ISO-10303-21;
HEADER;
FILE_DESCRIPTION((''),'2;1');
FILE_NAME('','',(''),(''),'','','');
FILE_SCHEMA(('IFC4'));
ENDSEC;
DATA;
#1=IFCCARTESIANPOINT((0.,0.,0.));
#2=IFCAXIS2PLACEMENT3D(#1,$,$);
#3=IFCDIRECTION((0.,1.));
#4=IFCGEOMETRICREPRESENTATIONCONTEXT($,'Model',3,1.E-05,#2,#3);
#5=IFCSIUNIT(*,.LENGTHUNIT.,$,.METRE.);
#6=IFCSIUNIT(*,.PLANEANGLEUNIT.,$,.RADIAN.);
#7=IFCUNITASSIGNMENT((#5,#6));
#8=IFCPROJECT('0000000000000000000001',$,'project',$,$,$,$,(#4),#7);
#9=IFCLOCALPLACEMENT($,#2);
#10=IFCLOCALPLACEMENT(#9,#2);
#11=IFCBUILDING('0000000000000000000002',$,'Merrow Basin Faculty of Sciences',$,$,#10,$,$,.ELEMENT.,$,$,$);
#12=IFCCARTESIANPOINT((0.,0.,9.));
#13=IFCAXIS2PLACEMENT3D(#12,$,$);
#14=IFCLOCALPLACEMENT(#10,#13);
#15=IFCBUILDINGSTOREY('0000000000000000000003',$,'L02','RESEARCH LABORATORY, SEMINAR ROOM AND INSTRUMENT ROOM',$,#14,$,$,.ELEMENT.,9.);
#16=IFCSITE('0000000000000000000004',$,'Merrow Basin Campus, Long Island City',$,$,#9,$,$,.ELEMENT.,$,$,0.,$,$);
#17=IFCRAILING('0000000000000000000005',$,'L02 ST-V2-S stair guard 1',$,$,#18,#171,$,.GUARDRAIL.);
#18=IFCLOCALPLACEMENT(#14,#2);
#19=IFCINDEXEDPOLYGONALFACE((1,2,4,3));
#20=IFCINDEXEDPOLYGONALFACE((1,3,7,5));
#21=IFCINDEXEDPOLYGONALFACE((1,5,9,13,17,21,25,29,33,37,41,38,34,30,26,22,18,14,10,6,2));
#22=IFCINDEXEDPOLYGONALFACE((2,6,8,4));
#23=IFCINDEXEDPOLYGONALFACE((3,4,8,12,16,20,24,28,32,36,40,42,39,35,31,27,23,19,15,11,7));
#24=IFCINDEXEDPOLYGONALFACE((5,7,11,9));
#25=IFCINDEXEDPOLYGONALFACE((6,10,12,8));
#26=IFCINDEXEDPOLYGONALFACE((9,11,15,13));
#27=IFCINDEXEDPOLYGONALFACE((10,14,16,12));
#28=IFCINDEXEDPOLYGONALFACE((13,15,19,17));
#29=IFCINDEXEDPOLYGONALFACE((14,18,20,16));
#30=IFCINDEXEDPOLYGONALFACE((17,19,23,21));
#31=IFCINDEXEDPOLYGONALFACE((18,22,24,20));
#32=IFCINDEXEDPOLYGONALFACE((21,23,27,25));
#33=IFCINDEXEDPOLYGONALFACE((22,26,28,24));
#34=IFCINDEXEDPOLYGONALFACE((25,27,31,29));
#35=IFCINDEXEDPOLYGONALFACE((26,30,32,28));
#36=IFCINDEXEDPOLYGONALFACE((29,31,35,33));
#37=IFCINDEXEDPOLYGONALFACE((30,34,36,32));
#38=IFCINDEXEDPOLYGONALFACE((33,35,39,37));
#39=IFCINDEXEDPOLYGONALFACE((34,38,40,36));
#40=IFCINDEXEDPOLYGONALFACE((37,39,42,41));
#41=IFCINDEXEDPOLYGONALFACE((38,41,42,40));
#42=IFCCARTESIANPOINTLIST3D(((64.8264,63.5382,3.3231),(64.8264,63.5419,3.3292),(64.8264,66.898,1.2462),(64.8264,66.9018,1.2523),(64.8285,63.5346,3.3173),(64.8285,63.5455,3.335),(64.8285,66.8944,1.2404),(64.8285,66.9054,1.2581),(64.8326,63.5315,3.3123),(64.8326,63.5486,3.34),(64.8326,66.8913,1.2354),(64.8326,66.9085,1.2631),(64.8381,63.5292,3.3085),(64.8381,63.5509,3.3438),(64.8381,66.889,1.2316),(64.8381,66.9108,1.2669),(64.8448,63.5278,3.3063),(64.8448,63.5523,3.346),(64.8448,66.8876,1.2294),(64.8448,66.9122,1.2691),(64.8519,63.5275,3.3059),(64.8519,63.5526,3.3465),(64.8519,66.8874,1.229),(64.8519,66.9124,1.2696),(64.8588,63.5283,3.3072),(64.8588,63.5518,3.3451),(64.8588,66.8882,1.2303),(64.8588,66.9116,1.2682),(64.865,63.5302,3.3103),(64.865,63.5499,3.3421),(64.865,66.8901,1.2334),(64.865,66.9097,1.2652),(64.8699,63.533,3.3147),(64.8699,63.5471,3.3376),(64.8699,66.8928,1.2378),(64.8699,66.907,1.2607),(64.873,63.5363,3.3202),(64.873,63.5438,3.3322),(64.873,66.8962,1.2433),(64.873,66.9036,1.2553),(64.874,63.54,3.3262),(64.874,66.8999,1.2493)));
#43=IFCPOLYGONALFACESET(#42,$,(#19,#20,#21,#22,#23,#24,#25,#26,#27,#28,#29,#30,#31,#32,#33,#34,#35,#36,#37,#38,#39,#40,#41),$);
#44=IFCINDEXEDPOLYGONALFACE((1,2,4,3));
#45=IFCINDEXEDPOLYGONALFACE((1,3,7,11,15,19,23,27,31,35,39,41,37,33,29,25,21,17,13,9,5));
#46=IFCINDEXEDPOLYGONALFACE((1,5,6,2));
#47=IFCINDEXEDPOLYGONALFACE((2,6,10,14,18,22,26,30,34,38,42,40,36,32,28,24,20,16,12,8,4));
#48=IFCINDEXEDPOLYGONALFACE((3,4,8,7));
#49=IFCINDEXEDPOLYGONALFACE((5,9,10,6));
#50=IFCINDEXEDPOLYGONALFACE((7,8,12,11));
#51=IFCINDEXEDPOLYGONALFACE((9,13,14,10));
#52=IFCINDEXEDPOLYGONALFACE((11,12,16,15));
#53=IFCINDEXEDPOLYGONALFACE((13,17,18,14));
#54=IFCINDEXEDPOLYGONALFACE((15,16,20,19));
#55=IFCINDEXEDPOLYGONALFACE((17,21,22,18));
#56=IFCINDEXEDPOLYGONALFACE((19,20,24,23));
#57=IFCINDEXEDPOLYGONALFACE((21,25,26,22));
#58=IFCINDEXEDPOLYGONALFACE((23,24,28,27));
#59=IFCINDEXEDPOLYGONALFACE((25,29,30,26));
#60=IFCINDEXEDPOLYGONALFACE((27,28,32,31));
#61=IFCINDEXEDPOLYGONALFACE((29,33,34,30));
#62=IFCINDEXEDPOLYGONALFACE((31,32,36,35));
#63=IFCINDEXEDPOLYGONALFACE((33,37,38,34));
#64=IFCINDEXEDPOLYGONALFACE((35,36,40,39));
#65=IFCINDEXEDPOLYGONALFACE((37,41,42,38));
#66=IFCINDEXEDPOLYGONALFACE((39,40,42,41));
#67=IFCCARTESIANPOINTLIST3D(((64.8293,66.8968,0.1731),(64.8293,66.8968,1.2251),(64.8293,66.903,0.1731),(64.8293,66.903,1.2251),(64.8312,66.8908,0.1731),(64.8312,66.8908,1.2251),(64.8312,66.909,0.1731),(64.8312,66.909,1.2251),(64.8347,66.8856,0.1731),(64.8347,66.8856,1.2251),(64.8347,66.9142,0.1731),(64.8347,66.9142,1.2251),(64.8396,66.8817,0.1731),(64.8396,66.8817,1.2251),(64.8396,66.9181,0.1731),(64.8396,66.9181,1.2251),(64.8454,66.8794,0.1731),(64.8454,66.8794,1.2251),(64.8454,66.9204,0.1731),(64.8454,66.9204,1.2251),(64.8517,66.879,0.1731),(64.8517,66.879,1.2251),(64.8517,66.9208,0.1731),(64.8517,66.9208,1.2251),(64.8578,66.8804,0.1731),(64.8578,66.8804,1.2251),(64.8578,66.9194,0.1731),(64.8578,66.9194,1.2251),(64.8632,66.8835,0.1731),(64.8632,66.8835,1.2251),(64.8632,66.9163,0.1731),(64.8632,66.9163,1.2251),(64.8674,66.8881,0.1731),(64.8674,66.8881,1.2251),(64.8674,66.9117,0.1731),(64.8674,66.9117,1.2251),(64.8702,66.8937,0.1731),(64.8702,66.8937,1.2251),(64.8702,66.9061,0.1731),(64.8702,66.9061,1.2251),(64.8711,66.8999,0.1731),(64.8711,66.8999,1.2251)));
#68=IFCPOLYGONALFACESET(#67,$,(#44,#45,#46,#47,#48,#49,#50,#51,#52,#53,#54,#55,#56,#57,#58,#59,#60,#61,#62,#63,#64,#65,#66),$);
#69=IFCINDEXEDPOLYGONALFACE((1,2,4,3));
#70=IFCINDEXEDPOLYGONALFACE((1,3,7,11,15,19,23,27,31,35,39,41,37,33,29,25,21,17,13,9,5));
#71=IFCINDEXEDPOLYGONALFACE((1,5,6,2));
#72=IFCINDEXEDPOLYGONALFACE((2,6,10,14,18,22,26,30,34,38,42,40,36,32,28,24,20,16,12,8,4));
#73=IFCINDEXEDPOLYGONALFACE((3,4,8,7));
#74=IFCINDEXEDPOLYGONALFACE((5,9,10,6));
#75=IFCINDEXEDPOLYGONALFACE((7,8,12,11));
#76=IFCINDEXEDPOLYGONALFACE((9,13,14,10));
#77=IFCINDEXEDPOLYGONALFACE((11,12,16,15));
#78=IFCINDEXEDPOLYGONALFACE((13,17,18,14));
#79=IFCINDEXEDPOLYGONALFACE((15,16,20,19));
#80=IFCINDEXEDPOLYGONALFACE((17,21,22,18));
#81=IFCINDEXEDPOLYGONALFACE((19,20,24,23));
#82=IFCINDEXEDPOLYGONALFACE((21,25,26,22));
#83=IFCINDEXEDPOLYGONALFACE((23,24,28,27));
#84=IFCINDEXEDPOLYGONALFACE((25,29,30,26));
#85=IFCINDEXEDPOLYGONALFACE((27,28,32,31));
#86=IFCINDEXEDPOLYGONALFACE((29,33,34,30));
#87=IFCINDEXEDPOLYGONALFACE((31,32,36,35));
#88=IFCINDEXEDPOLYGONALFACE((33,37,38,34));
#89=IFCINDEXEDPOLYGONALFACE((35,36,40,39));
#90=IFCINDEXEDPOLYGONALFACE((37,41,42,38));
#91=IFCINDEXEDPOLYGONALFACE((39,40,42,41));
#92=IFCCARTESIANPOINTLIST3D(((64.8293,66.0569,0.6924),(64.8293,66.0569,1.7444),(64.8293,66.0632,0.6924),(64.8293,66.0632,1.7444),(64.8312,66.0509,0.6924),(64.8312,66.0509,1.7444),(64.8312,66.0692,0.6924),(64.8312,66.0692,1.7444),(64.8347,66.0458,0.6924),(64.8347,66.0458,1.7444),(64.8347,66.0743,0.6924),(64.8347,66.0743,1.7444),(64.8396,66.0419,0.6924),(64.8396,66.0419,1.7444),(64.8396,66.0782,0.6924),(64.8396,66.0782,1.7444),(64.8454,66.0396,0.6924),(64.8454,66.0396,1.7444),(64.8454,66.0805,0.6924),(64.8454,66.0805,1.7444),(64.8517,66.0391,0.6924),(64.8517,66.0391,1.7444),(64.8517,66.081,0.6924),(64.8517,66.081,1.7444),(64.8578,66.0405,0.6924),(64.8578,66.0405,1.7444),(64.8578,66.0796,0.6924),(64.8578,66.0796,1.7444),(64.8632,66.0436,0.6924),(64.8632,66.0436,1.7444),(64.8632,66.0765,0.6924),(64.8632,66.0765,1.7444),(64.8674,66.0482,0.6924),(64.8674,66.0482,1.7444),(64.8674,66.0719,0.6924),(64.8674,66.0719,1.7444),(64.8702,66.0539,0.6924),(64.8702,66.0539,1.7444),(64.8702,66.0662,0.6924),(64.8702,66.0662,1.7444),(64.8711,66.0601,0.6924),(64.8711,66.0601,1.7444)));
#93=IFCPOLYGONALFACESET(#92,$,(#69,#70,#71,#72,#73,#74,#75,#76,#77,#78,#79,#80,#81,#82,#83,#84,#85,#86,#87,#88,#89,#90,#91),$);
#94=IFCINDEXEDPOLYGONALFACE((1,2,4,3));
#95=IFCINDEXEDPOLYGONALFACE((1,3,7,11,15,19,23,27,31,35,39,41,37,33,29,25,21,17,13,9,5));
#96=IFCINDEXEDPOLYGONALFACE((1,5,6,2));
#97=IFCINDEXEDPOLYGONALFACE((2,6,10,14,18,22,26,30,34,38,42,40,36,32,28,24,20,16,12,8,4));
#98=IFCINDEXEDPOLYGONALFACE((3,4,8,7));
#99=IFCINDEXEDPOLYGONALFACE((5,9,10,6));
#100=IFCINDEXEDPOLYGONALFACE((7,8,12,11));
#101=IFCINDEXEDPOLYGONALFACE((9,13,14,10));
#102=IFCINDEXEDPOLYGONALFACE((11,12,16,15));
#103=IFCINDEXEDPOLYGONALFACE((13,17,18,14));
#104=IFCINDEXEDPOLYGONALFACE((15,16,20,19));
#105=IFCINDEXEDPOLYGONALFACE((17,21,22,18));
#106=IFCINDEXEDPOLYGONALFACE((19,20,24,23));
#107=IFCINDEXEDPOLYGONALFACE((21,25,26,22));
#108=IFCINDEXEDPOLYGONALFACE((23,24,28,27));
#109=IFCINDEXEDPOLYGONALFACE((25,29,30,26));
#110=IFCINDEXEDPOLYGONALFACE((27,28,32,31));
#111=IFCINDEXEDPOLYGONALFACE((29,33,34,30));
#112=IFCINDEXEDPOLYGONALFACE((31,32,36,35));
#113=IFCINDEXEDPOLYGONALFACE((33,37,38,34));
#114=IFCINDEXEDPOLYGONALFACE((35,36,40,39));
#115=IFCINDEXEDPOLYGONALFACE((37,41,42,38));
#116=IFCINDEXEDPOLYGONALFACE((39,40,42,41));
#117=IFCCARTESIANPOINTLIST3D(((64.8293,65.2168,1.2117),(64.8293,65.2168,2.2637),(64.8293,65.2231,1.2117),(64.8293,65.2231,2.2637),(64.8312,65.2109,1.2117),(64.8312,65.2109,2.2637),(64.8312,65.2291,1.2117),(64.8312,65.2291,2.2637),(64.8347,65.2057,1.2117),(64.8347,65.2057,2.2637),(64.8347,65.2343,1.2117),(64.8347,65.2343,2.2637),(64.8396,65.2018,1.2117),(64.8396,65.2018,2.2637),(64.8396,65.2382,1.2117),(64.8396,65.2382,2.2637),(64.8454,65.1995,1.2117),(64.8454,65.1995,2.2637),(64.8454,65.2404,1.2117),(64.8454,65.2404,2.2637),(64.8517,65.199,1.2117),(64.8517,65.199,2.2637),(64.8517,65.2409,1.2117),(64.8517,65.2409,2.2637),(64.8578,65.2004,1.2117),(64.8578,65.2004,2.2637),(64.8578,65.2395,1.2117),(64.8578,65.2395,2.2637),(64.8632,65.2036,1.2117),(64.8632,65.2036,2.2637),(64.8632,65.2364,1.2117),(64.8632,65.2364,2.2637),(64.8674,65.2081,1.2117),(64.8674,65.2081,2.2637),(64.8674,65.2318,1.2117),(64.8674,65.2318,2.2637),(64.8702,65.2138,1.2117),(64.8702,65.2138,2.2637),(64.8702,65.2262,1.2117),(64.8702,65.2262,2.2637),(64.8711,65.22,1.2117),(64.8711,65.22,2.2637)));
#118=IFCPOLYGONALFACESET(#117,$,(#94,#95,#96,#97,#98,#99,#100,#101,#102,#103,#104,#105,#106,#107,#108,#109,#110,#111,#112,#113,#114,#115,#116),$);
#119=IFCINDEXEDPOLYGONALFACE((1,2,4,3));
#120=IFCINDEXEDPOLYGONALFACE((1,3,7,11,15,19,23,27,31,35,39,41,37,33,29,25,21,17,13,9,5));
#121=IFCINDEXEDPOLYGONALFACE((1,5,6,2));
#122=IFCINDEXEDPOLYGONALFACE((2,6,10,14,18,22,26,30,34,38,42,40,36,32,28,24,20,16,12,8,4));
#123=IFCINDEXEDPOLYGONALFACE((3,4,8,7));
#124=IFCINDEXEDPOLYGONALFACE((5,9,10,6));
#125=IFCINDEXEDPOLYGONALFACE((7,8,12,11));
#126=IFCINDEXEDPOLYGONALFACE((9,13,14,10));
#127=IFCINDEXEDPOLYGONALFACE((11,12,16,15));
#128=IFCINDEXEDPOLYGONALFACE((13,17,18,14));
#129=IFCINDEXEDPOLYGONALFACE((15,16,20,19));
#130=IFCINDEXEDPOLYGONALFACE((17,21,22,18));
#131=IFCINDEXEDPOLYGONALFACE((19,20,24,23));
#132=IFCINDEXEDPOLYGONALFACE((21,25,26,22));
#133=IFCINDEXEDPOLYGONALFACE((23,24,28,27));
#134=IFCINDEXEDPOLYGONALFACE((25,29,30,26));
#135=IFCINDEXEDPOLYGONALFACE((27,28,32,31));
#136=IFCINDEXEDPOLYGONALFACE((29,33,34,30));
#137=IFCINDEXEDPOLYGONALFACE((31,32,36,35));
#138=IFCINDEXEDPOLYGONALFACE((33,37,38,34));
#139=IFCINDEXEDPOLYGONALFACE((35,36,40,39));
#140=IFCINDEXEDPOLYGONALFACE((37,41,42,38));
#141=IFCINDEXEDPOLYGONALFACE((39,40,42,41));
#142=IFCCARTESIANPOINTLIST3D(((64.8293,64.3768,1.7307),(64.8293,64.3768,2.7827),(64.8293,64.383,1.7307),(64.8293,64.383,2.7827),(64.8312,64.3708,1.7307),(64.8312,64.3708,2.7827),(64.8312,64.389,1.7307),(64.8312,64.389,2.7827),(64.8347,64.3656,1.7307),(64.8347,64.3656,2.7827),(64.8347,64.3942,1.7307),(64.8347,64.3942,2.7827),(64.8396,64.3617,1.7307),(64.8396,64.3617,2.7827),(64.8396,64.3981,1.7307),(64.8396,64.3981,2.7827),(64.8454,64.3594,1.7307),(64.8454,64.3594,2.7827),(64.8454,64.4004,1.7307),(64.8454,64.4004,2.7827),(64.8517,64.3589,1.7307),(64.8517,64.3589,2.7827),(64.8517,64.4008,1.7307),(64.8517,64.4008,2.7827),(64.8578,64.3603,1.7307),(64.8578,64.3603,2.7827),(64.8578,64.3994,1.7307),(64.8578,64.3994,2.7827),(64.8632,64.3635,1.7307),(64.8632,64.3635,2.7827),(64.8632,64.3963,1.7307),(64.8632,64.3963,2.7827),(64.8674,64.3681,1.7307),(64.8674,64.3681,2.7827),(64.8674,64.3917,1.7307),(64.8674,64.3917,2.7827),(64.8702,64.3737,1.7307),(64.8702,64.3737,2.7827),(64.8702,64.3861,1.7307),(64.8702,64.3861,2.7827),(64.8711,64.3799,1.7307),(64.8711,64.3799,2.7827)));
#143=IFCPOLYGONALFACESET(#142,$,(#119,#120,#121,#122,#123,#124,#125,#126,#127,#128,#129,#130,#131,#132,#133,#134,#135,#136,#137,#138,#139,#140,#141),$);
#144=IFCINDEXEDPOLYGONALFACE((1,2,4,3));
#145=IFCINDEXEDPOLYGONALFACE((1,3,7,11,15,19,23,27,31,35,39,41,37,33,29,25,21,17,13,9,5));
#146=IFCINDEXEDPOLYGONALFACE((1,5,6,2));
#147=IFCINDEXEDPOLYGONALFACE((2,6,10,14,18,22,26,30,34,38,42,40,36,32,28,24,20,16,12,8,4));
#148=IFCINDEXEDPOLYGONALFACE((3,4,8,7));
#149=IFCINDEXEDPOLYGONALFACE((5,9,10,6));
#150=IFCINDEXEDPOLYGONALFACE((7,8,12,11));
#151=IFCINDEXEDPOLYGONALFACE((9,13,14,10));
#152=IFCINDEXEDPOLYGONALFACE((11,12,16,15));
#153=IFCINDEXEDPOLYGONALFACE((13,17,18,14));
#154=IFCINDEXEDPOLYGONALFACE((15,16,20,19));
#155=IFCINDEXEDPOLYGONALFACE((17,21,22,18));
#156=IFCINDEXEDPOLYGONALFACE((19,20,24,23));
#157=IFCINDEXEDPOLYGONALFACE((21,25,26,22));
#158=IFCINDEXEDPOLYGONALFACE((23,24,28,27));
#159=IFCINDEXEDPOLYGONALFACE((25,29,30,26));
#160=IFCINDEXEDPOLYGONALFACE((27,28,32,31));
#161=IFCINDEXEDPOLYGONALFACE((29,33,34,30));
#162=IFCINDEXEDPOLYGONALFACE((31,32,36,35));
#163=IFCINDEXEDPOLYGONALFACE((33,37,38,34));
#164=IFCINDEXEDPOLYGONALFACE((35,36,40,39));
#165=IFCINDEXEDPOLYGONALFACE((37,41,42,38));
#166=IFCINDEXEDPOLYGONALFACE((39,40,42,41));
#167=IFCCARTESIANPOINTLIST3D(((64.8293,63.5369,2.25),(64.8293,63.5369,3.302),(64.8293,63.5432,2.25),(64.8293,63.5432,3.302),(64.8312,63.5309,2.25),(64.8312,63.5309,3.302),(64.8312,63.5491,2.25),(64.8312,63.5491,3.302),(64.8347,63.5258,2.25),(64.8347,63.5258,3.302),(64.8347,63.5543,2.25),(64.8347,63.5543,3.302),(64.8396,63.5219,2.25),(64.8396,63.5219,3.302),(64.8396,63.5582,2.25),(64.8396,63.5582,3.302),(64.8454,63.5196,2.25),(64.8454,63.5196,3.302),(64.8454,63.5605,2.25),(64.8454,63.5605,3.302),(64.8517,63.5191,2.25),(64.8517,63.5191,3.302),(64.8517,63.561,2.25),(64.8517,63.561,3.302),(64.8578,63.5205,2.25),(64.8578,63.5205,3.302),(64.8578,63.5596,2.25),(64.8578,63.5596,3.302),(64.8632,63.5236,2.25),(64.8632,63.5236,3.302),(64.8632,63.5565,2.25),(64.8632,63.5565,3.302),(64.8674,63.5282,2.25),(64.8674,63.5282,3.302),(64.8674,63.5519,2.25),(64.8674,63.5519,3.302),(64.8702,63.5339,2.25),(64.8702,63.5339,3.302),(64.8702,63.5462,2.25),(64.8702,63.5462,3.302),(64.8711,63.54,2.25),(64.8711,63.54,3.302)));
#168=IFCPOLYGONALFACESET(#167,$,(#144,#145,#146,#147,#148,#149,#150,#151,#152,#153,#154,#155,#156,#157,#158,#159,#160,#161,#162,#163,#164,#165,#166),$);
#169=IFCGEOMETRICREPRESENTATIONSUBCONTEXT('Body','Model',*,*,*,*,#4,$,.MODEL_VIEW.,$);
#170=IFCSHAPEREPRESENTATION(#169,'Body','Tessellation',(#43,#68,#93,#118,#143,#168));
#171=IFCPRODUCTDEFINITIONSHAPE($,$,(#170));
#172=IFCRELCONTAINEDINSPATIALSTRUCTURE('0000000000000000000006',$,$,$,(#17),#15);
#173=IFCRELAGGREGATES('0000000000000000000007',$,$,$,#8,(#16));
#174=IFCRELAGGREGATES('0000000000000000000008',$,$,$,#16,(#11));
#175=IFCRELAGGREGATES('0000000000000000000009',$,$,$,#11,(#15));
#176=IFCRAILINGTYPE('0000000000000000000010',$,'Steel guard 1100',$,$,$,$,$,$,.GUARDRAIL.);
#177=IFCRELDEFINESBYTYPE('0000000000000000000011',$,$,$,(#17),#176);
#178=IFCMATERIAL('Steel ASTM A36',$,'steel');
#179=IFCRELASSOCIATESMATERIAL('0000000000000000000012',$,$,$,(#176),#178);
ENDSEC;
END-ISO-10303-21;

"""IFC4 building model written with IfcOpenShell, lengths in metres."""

from ifc_helpers import new_model, si_unit, direction, frame, origin, origin_2d, place, context, subcontext, project, spatial, circle, extrude, material, type_object, element, save


model = new_model("IFC4")

# Units and contexts
model_context = context("Model", 3, precision=1e-05, world=origin(), true_north=direction((0.0, 1.0)))
body_context = subcontext(model_context, "Body", "Model", "MODEL_VIEW")
ifc_project = project(units=[si_unit("LENGTHUNIT", "METRE"), si_unit("PLANEANGLEUNIT", "RADIAN")], contexts=[model_context])

# Site, building, storey
site_placement = place(None, origin())
site = spatial("IfcSite", under=ifc_project, at=site_placement, Name="Merrow Basin Campus, Long Island City", CompositionType="ELEMENT", RefElevation=0.0)
building_placement = place(site_placement, origin())
building = spatial("IfcBuilding", under=site, at=building_placement, Name="Merrow Basin Faculty of Sciences", CompositionType="ELEMENT")
storey_placement = place(building_placement, frame((0.0, 0.0, 9.0)))
storey = spatial("IfcBuildingStorey", under=building, at=storey_placement, Name="L02", Description="RESEARCH LABORATORY, SEMINAR ROOM AND INSTRUMENT ROOM", CompositionType="ELEMENT", Elevation=9.0)

# Railing
ifc_material_1 = material(Name="Steel ASTM A36", Category="steel")
railing_type_1 = type_object("IfcRailingType", Name="Steel guard 1100", PredefinedType="GUARDRAIL", material=ifc_material_1)
railing_1_placement = place(storey_placement, frame((64.8501, 66.8999, 0.1731)))
element("IfcRailing", 1, at=railing_1_placement, inside=storey, type_object=railing_type_1, Name="L02 ST-V2-S stair guard 1", PredefinedType="GUARDRAIL", context=body_context, shape_type="SweptSolid", body=[
    extrude(circle(Radius=0.0239, at=origin_2d()), frame((0.0, 0.0, 1.0762), z_axis=(0.0, -0.850606, 0.525803), x_axis=(1.0, 0.0, 0.0)), (0.0, 0.0, 1.0), 3.95),
    extrude(circle(Radius=0.021, at=origin_2d()), origin(), (0.0, 0.0, 1.0), 1.052),
    extrude(circle(Radius=0.021, at=origin_2d()), frame((0.0, -0.8398, 0.5193)), (0.0, 0.0, 1.0), 1.052),
    extrude(circle(Radius=0.021, at=origin_2d()), frame((0.0, -1.6799, 1.0386)), (0.0, 0.0, 1.0), 1.052),
    extrude(circle(Radius=0.021, at=origin_2d()), frame((0.0, -2.52, 1.5576)), (0.0, 0.0, 1.0), 1.052),
    extrude(circle(Radius=0.021, at=origin_2d()), frame((0.0, -3.3599, 2.0769)), (0.0, 0.0, 1.0), 1.052),
])

save(model, "model.ifc")
